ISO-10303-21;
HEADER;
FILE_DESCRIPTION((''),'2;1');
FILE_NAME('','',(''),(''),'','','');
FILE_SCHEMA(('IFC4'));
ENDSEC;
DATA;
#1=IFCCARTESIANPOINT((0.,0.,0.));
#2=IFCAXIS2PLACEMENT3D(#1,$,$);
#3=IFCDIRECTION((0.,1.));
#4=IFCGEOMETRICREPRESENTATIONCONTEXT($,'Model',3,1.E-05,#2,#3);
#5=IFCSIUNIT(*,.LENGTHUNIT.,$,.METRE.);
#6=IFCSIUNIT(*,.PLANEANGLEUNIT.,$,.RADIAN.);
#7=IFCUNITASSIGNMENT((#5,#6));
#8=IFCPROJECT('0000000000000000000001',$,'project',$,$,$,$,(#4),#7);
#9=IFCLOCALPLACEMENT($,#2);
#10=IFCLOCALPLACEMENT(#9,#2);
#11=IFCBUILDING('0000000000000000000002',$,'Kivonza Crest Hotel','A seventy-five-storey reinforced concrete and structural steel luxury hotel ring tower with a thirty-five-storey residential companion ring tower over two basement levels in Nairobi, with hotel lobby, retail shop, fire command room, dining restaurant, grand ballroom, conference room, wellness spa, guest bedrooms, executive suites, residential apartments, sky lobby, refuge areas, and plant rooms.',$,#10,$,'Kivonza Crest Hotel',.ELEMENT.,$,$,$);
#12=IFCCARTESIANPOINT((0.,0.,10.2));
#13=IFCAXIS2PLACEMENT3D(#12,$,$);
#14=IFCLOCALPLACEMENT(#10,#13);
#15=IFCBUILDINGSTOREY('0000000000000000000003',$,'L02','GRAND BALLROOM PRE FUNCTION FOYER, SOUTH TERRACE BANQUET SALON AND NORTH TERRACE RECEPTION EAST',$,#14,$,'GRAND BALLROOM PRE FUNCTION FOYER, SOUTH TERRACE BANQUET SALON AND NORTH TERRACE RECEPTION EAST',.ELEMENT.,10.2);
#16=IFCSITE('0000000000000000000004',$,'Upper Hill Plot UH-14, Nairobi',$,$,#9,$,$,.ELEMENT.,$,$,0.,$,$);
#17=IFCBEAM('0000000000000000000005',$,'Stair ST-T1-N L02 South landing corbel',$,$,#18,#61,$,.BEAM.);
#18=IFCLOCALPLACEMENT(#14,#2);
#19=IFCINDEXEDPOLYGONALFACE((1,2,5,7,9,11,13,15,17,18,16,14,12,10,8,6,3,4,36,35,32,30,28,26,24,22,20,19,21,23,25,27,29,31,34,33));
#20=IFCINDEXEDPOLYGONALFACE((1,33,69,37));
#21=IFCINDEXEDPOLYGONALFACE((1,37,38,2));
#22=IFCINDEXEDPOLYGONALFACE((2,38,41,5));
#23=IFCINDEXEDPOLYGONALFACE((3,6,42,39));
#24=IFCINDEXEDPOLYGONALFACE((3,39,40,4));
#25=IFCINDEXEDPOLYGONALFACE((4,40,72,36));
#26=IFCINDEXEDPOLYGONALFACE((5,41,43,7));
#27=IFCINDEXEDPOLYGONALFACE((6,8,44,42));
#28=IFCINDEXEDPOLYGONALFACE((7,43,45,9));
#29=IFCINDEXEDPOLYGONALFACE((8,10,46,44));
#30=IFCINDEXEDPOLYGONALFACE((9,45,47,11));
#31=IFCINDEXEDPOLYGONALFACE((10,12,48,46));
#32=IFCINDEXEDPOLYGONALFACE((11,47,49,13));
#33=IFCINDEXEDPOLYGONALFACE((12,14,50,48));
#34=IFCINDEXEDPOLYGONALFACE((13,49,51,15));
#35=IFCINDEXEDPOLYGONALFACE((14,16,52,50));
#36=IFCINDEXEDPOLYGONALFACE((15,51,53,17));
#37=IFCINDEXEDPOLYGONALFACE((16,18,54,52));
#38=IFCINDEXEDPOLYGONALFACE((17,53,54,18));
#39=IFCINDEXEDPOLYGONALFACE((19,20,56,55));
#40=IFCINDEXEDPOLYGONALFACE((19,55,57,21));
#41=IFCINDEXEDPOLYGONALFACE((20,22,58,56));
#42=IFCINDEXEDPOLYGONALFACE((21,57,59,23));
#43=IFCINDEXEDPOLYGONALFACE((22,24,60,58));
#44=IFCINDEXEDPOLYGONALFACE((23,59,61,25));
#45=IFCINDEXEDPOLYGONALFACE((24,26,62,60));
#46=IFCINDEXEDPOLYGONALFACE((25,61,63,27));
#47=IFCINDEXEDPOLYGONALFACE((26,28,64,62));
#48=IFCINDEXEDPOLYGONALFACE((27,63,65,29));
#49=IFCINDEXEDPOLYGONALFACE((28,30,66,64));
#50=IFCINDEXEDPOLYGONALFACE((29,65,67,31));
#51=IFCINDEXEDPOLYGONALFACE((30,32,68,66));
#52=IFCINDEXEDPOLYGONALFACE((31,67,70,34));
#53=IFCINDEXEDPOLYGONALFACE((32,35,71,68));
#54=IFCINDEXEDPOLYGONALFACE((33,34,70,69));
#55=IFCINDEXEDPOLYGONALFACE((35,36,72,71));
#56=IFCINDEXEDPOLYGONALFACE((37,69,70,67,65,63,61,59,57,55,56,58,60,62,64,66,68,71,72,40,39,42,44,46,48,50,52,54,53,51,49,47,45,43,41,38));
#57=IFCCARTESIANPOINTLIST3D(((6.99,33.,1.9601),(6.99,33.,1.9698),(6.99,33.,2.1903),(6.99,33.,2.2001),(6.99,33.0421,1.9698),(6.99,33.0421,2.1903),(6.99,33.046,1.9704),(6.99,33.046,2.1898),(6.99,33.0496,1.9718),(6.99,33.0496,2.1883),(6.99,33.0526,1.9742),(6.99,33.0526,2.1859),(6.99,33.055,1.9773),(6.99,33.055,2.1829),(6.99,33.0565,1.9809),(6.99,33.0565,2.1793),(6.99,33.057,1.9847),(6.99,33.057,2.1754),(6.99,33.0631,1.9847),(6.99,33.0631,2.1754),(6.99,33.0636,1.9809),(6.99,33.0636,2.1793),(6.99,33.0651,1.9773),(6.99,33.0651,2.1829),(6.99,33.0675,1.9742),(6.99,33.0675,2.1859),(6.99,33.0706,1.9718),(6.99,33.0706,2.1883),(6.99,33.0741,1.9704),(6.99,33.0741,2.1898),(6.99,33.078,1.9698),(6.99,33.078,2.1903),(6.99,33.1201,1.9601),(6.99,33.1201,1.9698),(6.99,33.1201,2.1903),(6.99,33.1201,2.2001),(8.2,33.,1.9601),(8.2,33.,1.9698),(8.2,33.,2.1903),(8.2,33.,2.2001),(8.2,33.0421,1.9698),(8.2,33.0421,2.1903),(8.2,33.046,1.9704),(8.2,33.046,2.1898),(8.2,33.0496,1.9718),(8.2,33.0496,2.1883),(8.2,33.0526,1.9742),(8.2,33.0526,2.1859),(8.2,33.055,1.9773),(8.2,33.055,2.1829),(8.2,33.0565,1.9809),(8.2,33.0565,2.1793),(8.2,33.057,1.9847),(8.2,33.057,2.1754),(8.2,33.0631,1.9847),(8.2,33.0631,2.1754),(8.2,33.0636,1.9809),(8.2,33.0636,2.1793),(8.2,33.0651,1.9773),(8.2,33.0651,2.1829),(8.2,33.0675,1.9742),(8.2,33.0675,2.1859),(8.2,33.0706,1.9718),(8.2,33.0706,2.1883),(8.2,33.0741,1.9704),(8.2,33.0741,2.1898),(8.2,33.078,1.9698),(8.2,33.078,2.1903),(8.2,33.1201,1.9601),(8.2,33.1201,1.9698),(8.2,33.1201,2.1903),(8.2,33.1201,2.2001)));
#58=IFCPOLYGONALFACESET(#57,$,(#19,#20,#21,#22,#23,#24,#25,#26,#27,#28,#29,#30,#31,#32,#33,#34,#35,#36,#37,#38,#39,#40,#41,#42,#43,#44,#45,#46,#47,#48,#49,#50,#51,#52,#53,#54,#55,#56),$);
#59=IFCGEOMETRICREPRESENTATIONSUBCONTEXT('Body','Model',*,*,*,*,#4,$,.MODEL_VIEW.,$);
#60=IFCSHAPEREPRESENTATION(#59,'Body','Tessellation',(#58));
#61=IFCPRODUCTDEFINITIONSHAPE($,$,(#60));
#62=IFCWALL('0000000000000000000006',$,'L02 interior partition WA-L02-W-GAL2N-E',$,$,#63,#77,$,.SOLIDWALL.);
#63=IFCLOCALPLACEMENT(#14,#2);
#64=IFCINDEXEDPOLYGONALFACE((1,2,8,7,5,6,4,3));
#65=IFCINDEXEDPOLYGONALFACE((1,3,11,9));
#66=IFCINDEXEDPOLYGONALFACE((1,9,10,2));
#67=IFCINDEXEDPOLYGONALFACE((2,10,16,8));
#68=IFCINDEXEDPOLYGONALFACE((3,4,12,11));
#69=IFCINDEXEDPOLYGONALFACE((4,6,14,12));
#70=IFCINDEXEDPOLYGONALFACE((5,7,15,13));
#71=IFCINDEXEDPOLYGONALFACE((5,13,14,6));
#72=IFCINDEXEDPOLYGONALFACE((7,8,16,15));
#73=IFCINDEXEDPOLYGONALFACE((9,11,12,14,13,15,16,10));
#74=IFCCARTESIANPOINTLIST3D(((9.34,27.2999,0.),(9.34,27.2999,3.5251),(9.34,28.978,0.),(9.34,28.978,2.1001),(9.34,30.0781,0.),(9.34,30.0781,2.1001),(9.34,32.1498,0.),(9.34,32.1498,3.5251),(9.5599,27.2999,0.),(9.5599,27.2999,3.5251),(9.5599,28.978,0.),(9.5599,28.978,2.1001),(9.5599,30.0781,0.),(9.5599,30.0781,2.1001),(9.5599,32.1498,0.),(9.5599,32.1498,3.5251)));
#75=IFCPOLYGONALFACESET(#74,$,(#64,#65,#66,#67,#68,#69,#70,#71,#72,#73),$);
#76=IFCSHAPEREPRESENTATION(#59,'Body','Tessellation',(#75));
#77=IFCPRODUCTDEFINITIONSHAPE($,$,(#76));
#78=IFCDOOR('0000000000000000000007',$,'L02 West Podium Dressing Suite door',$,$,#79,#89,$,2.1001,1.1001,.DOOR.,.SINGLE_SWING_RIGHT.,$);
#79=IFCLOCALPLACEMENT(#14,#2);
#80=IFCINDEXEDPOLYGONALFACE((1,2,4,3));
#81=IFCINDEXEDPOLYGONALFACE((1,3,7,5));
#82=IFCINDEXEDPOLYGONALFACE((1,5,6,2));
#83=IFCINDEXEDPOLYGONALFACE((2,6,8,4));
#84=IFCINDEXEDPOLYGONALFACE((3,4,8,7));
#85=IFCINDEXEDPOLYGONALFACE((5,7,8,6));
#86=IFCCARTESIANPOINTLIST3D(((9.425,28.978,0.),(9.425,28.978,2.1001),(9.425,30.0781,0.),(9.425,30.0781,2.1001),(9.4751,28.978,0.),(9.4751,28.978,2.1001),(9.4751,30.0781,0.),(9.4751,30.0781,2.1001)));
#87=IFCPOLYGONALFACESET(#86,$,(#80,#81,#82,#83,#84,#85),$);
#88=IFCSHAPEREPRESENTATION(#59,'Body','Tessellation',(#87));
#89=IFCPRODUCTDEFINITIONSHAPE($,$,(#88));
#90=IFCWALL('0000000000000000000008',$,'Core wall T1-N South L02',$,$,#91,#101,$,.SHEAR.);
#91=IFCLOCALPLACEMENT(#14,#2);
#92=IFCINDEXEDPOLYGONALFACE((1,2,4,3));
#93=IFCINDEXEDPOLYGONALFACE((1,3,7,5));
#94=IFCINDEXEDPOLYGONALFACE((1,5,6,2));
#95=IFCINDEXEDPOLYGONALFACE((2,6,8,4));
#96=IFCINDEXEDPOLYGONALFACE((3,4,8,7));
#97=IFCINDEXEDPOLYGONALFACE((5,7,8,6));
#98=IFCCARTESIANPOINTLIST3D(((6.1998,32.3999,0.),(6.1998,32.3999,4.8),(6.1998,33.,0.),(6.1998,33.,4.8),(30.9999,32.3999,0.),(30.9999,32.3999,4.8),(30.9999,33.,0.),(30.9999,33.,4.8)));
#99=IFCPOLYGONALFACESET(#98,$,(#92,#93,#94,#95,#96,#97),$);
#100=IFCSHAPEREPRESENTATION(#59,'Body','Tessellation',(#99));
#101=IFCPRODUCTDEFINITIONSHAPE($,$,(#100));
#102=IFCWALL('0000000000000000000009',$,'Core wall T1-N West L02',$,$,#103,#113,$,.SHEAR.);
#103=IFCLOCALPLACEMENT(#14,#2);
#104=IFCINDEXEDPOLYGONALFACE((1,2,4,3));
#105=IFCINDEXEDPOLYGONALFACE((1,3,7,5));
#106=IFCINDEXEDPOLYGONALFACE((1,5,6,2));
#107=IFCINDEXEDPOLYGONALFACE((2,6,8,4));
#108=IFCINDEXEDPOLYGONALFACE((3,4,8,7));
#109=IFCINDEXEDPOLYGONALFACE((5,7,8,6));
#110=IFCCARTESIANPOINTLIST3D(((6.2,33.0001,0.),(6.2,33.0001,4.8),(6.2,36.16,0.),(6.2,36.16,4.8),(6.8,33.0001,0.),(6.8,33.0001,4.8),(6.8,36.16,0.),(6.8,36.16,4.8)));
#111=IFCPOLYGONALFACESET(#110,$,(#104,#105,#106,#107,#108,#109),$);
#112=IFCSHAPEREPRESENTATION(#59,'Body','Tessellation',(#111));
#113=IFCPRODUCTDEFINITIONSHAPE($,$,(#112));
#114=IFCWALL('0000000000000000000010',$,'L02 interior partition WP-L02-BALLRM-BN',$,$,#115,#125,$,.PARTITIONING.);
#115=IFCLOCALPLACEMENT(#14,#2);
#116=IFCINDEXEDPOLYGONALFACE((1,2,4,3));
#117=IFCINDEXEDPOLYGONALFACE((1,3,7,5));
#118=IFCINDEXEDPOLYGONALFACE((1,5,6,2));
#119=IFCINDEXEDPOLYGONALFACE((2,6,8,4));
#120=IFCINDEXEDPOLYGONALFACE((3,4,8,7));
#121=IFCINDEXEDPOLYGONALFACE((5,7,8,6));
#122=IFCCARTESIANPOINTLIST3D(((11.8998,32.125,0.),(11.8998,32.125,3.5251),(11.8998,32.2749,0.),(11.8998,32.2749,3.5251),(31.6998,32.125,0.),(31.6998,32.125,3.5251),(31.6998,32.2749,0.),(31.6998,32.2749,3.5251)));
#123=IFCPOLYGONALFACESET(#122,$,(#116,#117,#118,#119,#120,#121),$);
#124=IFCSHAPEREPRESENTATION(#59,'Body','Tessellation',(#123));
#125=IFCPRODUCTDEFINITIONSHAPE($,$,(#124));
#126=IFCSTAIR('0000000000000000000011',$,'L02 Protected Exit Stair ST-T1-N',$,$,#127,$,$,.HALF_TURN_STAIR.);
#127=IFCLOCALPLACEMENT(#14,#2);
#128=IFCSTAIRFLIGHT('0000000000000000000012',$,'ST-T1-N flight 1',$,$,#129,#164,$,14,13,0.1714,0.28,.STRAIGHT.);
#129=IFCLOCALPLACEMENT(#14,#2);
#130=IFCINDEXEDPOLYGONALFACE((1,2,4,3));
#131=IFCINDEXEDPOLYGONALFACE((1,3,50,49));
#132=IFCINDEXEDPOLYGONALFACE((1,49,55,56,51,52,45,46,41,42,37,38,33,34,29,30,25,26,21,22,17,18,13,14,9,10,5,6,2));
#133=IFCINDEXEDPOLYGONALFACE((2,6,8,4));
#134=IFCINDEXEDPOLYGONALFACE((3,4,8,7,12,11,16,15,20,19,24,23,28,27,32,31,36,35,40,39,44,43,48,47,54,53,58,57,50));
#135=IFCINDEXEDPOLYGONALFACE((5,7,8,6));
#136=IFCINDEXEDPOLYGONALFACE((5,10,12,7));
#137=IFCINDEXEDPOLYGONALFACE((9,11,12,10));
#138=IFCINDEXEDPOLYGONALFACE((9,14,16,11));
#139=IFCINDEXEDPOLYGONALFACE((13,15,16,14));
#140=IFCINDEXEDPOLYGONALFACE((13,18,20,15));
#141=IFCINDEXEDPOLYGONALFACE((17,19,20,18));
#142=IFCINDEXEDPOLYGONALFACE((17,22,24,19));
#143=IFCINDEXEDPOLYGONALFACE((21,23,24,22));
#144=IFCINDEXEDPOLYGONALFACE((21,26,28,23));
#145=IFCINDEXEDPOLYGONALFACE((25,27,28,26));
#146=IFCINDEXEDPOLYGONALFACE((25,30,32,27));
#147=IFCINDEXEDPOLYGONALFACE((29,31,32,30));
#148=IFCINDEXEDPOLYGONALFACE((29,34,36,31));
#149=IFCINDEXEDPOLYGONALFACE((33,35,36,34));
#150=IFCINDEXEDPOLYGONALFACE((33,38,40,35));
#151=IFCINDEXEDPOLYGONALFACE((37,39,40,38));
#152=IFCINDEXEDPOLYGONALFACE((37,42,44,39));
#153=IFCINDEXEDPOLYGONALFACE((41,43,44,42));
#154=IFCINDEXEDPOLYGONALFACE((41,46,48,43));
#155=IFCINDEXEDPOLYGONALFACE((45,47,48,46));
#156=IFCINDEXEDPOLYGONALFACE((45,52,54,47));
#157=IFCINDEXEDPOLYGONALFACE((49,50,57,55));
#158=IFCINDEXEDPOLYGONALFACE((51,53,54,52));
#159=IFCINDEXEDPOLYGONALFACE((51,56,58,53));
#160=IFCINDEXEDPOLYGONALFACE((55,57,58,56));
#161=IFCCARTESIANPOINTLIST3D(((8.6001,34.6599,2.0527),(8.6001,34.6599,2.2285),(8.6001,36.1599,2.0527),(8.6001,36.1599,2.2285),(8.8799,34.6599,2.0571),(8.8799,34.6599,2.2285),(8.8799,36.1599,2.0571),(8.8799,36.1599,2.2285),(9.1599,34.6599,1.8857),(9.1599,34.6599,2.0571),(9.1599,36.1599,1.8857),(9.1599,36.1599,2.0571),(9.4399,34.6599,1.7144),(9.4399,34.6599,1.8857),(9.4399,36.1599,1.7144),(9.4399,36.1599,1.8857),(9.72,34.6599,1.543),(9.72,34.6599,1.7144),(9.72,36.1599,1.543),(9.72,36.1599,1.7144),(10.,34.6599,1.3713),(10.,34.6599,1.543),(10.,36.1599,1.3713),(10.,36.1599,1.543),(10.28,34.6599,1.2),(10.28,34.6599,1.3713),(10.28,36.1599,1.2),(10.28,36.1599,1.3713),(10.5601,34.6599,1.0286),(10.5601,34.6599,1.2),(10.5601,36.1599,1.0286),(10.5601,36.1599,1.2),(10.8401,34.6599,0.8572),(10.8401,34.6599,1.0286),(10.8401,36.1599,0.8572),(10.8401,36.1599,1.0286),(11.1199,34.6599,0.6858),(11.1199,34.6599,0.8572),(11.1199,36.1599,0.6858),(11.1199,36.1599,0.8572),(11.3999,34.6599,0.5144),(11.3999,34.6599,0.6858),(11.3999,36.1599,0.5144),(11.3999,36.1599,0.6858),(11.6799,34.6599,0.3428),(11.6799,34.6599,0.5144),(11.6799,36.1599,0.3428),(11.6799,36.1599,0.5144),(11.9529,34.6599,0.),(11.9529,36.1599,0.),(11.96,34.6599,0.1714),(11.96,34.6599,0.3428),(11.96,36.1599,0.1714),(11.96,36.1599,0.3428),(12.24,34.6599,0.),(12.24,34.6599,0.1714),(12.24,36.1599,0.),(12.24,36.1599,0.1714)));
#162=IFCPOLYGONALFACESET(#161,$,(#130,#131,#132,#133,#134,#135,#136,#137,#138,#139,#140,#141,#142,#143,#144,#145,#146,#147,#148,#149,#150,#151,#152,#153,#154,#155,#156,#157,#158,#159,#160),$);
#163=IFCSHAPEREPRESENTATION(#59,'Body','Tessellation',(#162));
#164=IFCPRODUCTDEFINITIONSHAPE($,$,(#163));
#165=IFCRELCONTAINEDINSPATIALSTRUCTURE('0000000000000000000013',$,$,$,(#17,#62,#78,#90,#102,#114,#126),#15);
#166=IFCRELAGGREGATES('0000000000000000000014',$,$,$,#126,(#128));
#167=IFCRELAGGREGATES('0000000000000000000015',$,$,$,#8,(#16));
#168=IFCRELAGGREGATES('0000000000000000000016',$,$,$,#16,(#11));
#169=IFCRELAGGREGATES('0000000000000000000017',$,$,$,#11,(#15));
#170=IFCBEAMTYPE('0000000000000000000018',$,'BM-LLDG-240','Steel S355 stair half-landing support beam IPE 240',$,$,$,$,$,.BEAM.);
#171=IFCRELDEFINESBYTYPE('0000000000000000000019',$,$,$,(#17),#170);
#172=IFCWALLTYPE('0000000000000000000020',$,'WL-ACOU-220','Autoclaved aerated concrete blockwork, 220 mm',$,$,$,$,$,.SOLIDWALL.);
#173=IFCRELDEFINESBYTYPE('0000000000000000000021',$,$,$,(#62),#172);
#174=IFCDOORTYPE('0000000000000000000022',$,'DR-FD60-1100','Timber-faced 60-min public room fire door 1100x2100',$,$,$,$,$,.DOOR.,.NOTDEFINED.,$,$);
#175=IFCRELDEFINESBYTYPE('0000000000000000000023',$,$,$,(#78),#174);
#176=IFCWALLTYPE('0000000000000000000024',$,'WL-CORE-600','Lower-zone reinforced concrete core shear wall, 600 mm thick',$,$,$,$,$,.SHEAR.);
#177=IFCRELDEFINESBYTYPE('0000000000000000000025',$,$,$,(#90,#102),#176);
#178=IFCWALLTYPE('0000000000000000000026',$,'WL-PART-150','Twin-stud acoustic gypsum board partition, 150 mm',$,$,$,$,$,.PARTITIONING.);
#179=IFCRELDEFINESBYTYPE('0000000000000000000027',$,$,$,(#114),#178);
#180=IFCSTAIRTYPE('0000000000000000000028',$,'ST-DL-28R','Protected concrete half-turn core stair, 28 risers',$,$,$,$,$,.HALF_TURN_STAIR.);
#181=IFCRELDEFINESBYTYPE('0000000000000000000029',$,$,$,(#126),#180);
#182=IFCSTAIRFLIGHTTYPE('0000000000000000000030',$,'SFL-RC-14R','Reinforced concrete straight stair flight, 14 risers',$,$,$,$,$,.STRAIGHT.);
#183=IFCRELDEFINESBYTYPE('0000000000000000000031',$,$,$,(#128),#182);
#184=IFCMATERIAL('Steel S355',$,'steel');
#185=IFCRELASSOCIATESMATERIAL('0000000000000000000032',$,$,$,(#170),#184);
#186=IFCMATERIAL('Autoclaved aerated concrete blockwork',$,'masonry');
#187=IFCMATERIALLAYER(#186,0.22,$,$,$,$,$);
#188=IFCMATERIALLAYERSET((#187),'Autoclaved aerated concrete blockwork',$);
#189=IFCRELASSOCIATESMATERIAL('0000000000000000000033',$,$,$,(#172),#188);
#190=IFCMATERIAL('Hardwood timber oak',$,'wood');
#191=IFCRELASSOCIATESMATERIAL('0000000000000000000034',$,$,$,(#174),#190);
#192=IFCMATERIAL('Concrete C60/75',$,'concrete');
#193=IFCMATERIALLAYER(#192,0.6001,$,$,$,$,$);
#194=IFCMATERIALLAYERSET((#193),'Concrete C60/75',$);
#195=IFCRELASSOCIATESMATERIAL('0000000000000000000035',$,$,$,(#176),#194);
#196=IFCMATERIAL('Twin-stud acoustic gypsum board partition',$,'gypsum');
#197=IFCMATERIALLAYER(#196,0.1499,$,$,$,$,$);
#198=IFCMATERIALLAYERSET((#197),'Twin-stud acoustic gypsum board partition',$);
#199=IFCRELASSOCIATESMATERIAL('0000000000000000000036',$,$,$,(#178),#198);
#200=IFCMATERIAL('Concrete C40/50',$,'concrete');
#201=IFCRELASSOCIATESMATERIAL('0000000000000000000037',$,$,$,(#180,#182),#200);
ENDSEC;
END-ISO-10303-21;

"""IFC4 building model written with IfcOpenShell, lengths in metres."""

from ifc_helpers import new_model, si_unit, direction, frame, frame_2d, origin, origin_2d, place, context, subcontext, project, spatial, polyline, rectangle, i_section, outline, extrude, material, layer, layer_set, material_profile, profile_set, type_object, element, fill, aggregate, save


model = new_model("IFC4")

# Units and contexts
model_context = context("Model", 3, precision=1e-05, world=origin(), true_north=direction((0.0, 1.0)))
body_context = subcontext(model_context, "Body", "Model", "MODEL_VIEW")
ifc_project = project(units=[si_unit("LENGTHUNIT", "METRE"), si_unit("PLANEANGLEUNIT", "RADIAN")], contexts=[model_context])

# Site, building, storey
site_placement = place(None, origin())
site = spatial("IfcSite", under=ifc_project, at=site_placement, Name="Upper Hill Plot UH-14, Nairobi", CompositionType="ELEMENT", RefElevation=0.0)
building_placement = place(site_placement, origin())
building = spatial("IfcBuilding", under=site, at=building_placement, Name="Kivonza Crest Hotel", Description="A seventy-five-storey reinforced concrete and structural steel luxury hotel ring tower with a thirty-five-storey residential companion ring tower over two basement levels in Nairobi, with hotel lobby, retail shop, fire command room, dining restaurant, grand ballroom, conference room, wellness spa, guest bedrooms, executive suites, residential apartments, sky lobby, refuge areas, and plant rooms.", LongName="Kivonza Crest Hotel", CompositionType="ELEMENT")
storey_placement = place(building_placement, frame((0.0, 0.0, 10.2)))
storey = spatial("IfcBuildingStorey", under=building, at=storey_placement, Name="L02", Description="GRAND BALLROOM PRE FUNCTION FOYER, SOUTH TERRACE BANQUET SALON AND NORTH TERRACE RECEPTION EAST", LongName="GRAND BALLROOM PRE FUNCTION FOYER, SOUTH TERRACE BANQUET SALON AND NORTH TERRACE RECEPTION EAST", CompositionType="ELEMENT", Elevation=10.2)

# Shared definitions
ifc_material_1 = material(Name="Concrete C60/75", Category="concrete")

# Beam
ifc_material_2 = material(Name="Steel S355", Category="steel")
ifc_material_profile_1 = material_profile(ifc_material_2, i_section(OverallWidth=0.1201, OverallDepth=0.24, WebThickness=0.0061, FlangeThickness=0.0098, FilletRadius=0.0149, at=origin_2d()), Name="IPE 240")
ifc_profile_set_1 = profile_set([ifc_material_profile_1], Name="Steel S355")
beam_type_1 = type_object("IfcBeamType", Name="BM-LLDG-240", Description="Steel S355 stair half-landing support beam IPE 240", PredefinedType="BEAM", material=ifc_profile_set_1)
beam_1_placement = place(storey_placement, frame((6.99, 33.0601, 2.0801), z_axis=(1.0, 0.0, 0.0), x_axis=(0.0, 1.0, 0.0)))
element("IfcBeam", 1, at=beam_1_placement, inside=storey, type_object=beam_type_1, Name="Stair ST-T1-N L02 South landing corbel", PredefinedType="BEAM", context=body_context, shape_type="SweptSolid", body=[
    extrude(i_section(OverallWidth=0.1201, OverallDepth=0.24, WebThickness=0.0061, FlangeThickness=0.0098, FilletRadius=0.0149, at=origin_2d()), origin(), (0.0, 0.0, 1.0), 1.21),
])

# Wall, opening, door
ifc_material_3 = material(Name="Autoclaved aerated concrete blockwork", Category="masonry")
ifc_layer_1 = layer(ifc_material_3, 0.22)
ifc_layer_set_1 = layer_set([ifc_layer_1], Name="Autoclaved aerated concrete blockwork")
wall_type_1 = type_object("IfcWallType", Name="WL-ACOU-220", Description="Autoclaved aerated concrete blockwork, 220 mm", PredefinedType="SOLIDWALL", material=ifc_layer_set_1)
wall_1_placement = place(storey_placement, frame((9.45, 27.3, 0.0), z_axis=(0.0, 0.0, 1.0), x_axis=(0.0, 1.0, 0.0)))
wall_1 = element("IfcWall", 2, at=wall_1_placement, inside=storey, type_object=wall_type_1, Name="L02 interior partition WA-L02-W-GAL2N-E", PredefinedType="SOLIDWALL", context=body_context, shape_type="SweptSolid", body=[
    extrude(rectangle(XDim=4.8499, YDim=0.22, at=frame_2d((2.4248, 0.0))), origin(), (0.0, 0.0, 1.0), 3.5251),
])
opening_1_placement = place(wall_1_placement, frame((1.678, 0.0, 0.0)))
opening_1 = element("IfcOpeningElement", 3, at=opening_1_placement, cuts=wall_1, PredefinedType="OPENING", context=body_context, shape_type="SweptSolid", body=[
    extrude(rectangle(XDim=1.1001, YDim=2.1001, at=frame_2d((0.55, 1.05))), frame((0.0, 0.1201, 0.0), z_axis=(0.0, -1.0, 0.0), x_axis=(1.0, 0.0, 0.0)), (0.0, 0.0, 1.0), 0.24),
])
ifc_material_4 = material(Name="Hardwood timber oak", Category="wood")
door_type_1 = type_object("IfcDoorType", Name="DR-FD60-1100", Description="Timber-faced 60-min public room fire door 1100x2100", OperationType="NOTDEFINED", PredefinedType="DOOR", material=ifc_material_4)
door_1_placement = place(opening_1_placement, origin())
door_1 = element("IfcDoor", 4, at=door_1_placement, inside=storey, type_object=door_type_1, Name="L02 West Podium Dressing Suite door", OperationType="SINGLE_SWING_RIGHT", OverallHeight=2.1001, OverallWidth=1.1001, PredefinedType="DOOR", context=body_context, shape_type="SweptSolid", body=[
    extrude(rectangle(XDim=1.1001, YDim=2.1001, at=frame_2d((0.55, 1.05))), frame((0.0, 0.0249, 0.0), z_axis=(0.0, -1.0, 0.0), x_axis=(1.0, 0.0, 0.0)), (0.0, 0.0, 1.0), 0.05),
])
fill(opening_1, door_1)

# Walls
ifc_layer_2 = layer(ifc_material_1, 0.6001)
ifc_layer_set_2 = layer_set([ifc_layer_2], Name="Concrete C60/75")
wall_type_2 = type_object("IfcWallType", Name="WL-CORE-600", Description="Lower-zone reinforced concrete core shear wall, 600 mm thick", PredefinedType="SHEAR", material=ifc_layer_set_2)
wall_2_placement = place(storey_placement, frame((6.2, 32.7, 0.0), z_axis=(0.0, 0.0, 1.0), x_axis=(1.0, 0.0, 0.0)))
element("IfcWall", 5, at=wall_2_placement, inside=storey, type_object=wall_type_2, Name="Core wall T1-N South L02", PredefinedType="SHEAR", context=body_context, shape_type="SweptSolid", body=[
    extrude(rectangle(XDim=24.8, YDim=0.6001, at=frame_2d((12.3999, 0.0))), origin(), (0.0, 0.0, 1.0), 4.8),
])
wall_3_placement = place(storey_placement, frame((6.5, 33.0, 0.0), z_axis=(0.0, 0.0, 1.0), x_axis=(0.0, 1.0, 0.0)))
element("IfcWall", 6, at=wall_3_placement, inside=storey, type_object=wall_type_2, Name="Core wall T1-N West L02", PredefinedType="SHEAR", context=body_context, shape_type="SweptSolid", body=[
    extrude(rectangle(XDim=3.1599, YDim=0.6001, at=frame_2d((1.5801, 0.0))), origin(), (0.0, 0.0, 1.0), 4.8),
])
ifc_material_5 = material(Name="Twin-stud acoustic gypsum board partition", Category="gypsum")
ifc_layer_3 = layer(ifc_material_5, 0.1499)
ifc_layer_set_3 = layer_set([ifc_layer_3], Name="Twin-stud acoustic gypsum board partition")
wall_type_3 = type_object("IfcWallType", Name="WL-PART-150", Description="Twin-stud acoustic gypsum board partition, 150 mm", PredefinedType="PARTITIONING", material=ifc_layer_set_3)
wall_4_placement = place(storey_placement, frame((11.8999, 32.2, 0.0), z_axis=(0.0, 0.0, 1.0), x_axis=(1.0, 0.0, 0.0)))
element("IfcWall", 7, at=wall_4_placement, inside=storey, type_object=wall_type_3, Name="L02 interior partition WP-L02-BALLRM-BN", PredefinedType="PARTITIONING", context=body_context, shape_type="SweptSolid", body=[
    extrude(rectangle(XDim=19.8, YDim=0.1499, at=frame_2d((9.8999, 0.0))), origin(), (0.0, 0.0, 1.0), 3.5251),
])

# Stair, stair flight
ifc_material_6 = material(Name="Concrete C40/50", Category="concrete")
stair_type = type_object("IfcStairType", Name="ST-DL-28R", Description="Protected concrete half-turn core stair, 28 risers", PredefinedType="HALF_TURN_STAIR", material=ifc_material_6)
stair_1_placement = place(storey_placement, origin())
stair_1 = element("IfcStair", 8, at=stair_1_placement, inside=storey, type_object=stair_type, Name="L02 Protected Exit Stair ST-T1-N", PredefinedType="HALF_TURN_STAIR")
stair_flight_type = type_object("IfcStairFlightType", Name="SFL-RC-14R", Description="Reinforced concrete straight stair flight, 14 risers", PredefinedType="STRAIGHT", material=ifc_material_6)
stair_flight_1_placement = place(storey_placement, frame((12.24, 35.4099, 0.0), z_axis=(0.0, 0.0, 1.0), x_axis=(-1.0, 0.0, 0.0)))
stair_flight_1 = element("IfcStairFlight", 9, at=stair_flight_1_placement, type_object=stair_flight_type, Name="ST-T1-N flight 1", NumberOfRisers=14, NumberOfTreads=13, PredefinedType="STRAIGHT", RiserHeight=0.1714, TreadLength=0.28, context=body_context, shape_type="SweptSolid", body=[
    extrude(outline(polyline([(0.0, 0.0), (0.0, 0.1714), (0.28, 0.1714), (0.28, 0.3428), (0.5601, 0.3428), (0.5601, 0.5144), (0.8401, 0.5144), (0.8401, 0.6858), (1.1201, 0.6858), (1.1201, 0.8572), (1.3999, 0.8572), (1.3999, 1.0286), (1.6799, 1.0286), (1.6799, 1.2), (1.96, 1.2), (1.96, 1.3713), (2.24, 1.3713), (2.24, 1.543), (2.52, 1.543), (2.52, 1.7144), (2.8, 1.7144), (2.8, 1.8857), (3.0801, 1.8857), (3.0801, 2.0571), (3.3601, 2.0571), (3.3601, 2.2285), (3.6399, 2.2285), (3.6399, 2.3999), (3.6399, 2.0527), (0.2871, 0.0), (0.0, 0.0)])), frame((0.0, 0.75, 0.0), z_axis=(0.0, -1.0, 0.0), x_axis=(1.0, 0.0, 0.0)), (0.0, 0.0, 1.0), 1.5),
])
aggregate(stair_1, [stair_flight_1])

save(model, "model.ifc")
